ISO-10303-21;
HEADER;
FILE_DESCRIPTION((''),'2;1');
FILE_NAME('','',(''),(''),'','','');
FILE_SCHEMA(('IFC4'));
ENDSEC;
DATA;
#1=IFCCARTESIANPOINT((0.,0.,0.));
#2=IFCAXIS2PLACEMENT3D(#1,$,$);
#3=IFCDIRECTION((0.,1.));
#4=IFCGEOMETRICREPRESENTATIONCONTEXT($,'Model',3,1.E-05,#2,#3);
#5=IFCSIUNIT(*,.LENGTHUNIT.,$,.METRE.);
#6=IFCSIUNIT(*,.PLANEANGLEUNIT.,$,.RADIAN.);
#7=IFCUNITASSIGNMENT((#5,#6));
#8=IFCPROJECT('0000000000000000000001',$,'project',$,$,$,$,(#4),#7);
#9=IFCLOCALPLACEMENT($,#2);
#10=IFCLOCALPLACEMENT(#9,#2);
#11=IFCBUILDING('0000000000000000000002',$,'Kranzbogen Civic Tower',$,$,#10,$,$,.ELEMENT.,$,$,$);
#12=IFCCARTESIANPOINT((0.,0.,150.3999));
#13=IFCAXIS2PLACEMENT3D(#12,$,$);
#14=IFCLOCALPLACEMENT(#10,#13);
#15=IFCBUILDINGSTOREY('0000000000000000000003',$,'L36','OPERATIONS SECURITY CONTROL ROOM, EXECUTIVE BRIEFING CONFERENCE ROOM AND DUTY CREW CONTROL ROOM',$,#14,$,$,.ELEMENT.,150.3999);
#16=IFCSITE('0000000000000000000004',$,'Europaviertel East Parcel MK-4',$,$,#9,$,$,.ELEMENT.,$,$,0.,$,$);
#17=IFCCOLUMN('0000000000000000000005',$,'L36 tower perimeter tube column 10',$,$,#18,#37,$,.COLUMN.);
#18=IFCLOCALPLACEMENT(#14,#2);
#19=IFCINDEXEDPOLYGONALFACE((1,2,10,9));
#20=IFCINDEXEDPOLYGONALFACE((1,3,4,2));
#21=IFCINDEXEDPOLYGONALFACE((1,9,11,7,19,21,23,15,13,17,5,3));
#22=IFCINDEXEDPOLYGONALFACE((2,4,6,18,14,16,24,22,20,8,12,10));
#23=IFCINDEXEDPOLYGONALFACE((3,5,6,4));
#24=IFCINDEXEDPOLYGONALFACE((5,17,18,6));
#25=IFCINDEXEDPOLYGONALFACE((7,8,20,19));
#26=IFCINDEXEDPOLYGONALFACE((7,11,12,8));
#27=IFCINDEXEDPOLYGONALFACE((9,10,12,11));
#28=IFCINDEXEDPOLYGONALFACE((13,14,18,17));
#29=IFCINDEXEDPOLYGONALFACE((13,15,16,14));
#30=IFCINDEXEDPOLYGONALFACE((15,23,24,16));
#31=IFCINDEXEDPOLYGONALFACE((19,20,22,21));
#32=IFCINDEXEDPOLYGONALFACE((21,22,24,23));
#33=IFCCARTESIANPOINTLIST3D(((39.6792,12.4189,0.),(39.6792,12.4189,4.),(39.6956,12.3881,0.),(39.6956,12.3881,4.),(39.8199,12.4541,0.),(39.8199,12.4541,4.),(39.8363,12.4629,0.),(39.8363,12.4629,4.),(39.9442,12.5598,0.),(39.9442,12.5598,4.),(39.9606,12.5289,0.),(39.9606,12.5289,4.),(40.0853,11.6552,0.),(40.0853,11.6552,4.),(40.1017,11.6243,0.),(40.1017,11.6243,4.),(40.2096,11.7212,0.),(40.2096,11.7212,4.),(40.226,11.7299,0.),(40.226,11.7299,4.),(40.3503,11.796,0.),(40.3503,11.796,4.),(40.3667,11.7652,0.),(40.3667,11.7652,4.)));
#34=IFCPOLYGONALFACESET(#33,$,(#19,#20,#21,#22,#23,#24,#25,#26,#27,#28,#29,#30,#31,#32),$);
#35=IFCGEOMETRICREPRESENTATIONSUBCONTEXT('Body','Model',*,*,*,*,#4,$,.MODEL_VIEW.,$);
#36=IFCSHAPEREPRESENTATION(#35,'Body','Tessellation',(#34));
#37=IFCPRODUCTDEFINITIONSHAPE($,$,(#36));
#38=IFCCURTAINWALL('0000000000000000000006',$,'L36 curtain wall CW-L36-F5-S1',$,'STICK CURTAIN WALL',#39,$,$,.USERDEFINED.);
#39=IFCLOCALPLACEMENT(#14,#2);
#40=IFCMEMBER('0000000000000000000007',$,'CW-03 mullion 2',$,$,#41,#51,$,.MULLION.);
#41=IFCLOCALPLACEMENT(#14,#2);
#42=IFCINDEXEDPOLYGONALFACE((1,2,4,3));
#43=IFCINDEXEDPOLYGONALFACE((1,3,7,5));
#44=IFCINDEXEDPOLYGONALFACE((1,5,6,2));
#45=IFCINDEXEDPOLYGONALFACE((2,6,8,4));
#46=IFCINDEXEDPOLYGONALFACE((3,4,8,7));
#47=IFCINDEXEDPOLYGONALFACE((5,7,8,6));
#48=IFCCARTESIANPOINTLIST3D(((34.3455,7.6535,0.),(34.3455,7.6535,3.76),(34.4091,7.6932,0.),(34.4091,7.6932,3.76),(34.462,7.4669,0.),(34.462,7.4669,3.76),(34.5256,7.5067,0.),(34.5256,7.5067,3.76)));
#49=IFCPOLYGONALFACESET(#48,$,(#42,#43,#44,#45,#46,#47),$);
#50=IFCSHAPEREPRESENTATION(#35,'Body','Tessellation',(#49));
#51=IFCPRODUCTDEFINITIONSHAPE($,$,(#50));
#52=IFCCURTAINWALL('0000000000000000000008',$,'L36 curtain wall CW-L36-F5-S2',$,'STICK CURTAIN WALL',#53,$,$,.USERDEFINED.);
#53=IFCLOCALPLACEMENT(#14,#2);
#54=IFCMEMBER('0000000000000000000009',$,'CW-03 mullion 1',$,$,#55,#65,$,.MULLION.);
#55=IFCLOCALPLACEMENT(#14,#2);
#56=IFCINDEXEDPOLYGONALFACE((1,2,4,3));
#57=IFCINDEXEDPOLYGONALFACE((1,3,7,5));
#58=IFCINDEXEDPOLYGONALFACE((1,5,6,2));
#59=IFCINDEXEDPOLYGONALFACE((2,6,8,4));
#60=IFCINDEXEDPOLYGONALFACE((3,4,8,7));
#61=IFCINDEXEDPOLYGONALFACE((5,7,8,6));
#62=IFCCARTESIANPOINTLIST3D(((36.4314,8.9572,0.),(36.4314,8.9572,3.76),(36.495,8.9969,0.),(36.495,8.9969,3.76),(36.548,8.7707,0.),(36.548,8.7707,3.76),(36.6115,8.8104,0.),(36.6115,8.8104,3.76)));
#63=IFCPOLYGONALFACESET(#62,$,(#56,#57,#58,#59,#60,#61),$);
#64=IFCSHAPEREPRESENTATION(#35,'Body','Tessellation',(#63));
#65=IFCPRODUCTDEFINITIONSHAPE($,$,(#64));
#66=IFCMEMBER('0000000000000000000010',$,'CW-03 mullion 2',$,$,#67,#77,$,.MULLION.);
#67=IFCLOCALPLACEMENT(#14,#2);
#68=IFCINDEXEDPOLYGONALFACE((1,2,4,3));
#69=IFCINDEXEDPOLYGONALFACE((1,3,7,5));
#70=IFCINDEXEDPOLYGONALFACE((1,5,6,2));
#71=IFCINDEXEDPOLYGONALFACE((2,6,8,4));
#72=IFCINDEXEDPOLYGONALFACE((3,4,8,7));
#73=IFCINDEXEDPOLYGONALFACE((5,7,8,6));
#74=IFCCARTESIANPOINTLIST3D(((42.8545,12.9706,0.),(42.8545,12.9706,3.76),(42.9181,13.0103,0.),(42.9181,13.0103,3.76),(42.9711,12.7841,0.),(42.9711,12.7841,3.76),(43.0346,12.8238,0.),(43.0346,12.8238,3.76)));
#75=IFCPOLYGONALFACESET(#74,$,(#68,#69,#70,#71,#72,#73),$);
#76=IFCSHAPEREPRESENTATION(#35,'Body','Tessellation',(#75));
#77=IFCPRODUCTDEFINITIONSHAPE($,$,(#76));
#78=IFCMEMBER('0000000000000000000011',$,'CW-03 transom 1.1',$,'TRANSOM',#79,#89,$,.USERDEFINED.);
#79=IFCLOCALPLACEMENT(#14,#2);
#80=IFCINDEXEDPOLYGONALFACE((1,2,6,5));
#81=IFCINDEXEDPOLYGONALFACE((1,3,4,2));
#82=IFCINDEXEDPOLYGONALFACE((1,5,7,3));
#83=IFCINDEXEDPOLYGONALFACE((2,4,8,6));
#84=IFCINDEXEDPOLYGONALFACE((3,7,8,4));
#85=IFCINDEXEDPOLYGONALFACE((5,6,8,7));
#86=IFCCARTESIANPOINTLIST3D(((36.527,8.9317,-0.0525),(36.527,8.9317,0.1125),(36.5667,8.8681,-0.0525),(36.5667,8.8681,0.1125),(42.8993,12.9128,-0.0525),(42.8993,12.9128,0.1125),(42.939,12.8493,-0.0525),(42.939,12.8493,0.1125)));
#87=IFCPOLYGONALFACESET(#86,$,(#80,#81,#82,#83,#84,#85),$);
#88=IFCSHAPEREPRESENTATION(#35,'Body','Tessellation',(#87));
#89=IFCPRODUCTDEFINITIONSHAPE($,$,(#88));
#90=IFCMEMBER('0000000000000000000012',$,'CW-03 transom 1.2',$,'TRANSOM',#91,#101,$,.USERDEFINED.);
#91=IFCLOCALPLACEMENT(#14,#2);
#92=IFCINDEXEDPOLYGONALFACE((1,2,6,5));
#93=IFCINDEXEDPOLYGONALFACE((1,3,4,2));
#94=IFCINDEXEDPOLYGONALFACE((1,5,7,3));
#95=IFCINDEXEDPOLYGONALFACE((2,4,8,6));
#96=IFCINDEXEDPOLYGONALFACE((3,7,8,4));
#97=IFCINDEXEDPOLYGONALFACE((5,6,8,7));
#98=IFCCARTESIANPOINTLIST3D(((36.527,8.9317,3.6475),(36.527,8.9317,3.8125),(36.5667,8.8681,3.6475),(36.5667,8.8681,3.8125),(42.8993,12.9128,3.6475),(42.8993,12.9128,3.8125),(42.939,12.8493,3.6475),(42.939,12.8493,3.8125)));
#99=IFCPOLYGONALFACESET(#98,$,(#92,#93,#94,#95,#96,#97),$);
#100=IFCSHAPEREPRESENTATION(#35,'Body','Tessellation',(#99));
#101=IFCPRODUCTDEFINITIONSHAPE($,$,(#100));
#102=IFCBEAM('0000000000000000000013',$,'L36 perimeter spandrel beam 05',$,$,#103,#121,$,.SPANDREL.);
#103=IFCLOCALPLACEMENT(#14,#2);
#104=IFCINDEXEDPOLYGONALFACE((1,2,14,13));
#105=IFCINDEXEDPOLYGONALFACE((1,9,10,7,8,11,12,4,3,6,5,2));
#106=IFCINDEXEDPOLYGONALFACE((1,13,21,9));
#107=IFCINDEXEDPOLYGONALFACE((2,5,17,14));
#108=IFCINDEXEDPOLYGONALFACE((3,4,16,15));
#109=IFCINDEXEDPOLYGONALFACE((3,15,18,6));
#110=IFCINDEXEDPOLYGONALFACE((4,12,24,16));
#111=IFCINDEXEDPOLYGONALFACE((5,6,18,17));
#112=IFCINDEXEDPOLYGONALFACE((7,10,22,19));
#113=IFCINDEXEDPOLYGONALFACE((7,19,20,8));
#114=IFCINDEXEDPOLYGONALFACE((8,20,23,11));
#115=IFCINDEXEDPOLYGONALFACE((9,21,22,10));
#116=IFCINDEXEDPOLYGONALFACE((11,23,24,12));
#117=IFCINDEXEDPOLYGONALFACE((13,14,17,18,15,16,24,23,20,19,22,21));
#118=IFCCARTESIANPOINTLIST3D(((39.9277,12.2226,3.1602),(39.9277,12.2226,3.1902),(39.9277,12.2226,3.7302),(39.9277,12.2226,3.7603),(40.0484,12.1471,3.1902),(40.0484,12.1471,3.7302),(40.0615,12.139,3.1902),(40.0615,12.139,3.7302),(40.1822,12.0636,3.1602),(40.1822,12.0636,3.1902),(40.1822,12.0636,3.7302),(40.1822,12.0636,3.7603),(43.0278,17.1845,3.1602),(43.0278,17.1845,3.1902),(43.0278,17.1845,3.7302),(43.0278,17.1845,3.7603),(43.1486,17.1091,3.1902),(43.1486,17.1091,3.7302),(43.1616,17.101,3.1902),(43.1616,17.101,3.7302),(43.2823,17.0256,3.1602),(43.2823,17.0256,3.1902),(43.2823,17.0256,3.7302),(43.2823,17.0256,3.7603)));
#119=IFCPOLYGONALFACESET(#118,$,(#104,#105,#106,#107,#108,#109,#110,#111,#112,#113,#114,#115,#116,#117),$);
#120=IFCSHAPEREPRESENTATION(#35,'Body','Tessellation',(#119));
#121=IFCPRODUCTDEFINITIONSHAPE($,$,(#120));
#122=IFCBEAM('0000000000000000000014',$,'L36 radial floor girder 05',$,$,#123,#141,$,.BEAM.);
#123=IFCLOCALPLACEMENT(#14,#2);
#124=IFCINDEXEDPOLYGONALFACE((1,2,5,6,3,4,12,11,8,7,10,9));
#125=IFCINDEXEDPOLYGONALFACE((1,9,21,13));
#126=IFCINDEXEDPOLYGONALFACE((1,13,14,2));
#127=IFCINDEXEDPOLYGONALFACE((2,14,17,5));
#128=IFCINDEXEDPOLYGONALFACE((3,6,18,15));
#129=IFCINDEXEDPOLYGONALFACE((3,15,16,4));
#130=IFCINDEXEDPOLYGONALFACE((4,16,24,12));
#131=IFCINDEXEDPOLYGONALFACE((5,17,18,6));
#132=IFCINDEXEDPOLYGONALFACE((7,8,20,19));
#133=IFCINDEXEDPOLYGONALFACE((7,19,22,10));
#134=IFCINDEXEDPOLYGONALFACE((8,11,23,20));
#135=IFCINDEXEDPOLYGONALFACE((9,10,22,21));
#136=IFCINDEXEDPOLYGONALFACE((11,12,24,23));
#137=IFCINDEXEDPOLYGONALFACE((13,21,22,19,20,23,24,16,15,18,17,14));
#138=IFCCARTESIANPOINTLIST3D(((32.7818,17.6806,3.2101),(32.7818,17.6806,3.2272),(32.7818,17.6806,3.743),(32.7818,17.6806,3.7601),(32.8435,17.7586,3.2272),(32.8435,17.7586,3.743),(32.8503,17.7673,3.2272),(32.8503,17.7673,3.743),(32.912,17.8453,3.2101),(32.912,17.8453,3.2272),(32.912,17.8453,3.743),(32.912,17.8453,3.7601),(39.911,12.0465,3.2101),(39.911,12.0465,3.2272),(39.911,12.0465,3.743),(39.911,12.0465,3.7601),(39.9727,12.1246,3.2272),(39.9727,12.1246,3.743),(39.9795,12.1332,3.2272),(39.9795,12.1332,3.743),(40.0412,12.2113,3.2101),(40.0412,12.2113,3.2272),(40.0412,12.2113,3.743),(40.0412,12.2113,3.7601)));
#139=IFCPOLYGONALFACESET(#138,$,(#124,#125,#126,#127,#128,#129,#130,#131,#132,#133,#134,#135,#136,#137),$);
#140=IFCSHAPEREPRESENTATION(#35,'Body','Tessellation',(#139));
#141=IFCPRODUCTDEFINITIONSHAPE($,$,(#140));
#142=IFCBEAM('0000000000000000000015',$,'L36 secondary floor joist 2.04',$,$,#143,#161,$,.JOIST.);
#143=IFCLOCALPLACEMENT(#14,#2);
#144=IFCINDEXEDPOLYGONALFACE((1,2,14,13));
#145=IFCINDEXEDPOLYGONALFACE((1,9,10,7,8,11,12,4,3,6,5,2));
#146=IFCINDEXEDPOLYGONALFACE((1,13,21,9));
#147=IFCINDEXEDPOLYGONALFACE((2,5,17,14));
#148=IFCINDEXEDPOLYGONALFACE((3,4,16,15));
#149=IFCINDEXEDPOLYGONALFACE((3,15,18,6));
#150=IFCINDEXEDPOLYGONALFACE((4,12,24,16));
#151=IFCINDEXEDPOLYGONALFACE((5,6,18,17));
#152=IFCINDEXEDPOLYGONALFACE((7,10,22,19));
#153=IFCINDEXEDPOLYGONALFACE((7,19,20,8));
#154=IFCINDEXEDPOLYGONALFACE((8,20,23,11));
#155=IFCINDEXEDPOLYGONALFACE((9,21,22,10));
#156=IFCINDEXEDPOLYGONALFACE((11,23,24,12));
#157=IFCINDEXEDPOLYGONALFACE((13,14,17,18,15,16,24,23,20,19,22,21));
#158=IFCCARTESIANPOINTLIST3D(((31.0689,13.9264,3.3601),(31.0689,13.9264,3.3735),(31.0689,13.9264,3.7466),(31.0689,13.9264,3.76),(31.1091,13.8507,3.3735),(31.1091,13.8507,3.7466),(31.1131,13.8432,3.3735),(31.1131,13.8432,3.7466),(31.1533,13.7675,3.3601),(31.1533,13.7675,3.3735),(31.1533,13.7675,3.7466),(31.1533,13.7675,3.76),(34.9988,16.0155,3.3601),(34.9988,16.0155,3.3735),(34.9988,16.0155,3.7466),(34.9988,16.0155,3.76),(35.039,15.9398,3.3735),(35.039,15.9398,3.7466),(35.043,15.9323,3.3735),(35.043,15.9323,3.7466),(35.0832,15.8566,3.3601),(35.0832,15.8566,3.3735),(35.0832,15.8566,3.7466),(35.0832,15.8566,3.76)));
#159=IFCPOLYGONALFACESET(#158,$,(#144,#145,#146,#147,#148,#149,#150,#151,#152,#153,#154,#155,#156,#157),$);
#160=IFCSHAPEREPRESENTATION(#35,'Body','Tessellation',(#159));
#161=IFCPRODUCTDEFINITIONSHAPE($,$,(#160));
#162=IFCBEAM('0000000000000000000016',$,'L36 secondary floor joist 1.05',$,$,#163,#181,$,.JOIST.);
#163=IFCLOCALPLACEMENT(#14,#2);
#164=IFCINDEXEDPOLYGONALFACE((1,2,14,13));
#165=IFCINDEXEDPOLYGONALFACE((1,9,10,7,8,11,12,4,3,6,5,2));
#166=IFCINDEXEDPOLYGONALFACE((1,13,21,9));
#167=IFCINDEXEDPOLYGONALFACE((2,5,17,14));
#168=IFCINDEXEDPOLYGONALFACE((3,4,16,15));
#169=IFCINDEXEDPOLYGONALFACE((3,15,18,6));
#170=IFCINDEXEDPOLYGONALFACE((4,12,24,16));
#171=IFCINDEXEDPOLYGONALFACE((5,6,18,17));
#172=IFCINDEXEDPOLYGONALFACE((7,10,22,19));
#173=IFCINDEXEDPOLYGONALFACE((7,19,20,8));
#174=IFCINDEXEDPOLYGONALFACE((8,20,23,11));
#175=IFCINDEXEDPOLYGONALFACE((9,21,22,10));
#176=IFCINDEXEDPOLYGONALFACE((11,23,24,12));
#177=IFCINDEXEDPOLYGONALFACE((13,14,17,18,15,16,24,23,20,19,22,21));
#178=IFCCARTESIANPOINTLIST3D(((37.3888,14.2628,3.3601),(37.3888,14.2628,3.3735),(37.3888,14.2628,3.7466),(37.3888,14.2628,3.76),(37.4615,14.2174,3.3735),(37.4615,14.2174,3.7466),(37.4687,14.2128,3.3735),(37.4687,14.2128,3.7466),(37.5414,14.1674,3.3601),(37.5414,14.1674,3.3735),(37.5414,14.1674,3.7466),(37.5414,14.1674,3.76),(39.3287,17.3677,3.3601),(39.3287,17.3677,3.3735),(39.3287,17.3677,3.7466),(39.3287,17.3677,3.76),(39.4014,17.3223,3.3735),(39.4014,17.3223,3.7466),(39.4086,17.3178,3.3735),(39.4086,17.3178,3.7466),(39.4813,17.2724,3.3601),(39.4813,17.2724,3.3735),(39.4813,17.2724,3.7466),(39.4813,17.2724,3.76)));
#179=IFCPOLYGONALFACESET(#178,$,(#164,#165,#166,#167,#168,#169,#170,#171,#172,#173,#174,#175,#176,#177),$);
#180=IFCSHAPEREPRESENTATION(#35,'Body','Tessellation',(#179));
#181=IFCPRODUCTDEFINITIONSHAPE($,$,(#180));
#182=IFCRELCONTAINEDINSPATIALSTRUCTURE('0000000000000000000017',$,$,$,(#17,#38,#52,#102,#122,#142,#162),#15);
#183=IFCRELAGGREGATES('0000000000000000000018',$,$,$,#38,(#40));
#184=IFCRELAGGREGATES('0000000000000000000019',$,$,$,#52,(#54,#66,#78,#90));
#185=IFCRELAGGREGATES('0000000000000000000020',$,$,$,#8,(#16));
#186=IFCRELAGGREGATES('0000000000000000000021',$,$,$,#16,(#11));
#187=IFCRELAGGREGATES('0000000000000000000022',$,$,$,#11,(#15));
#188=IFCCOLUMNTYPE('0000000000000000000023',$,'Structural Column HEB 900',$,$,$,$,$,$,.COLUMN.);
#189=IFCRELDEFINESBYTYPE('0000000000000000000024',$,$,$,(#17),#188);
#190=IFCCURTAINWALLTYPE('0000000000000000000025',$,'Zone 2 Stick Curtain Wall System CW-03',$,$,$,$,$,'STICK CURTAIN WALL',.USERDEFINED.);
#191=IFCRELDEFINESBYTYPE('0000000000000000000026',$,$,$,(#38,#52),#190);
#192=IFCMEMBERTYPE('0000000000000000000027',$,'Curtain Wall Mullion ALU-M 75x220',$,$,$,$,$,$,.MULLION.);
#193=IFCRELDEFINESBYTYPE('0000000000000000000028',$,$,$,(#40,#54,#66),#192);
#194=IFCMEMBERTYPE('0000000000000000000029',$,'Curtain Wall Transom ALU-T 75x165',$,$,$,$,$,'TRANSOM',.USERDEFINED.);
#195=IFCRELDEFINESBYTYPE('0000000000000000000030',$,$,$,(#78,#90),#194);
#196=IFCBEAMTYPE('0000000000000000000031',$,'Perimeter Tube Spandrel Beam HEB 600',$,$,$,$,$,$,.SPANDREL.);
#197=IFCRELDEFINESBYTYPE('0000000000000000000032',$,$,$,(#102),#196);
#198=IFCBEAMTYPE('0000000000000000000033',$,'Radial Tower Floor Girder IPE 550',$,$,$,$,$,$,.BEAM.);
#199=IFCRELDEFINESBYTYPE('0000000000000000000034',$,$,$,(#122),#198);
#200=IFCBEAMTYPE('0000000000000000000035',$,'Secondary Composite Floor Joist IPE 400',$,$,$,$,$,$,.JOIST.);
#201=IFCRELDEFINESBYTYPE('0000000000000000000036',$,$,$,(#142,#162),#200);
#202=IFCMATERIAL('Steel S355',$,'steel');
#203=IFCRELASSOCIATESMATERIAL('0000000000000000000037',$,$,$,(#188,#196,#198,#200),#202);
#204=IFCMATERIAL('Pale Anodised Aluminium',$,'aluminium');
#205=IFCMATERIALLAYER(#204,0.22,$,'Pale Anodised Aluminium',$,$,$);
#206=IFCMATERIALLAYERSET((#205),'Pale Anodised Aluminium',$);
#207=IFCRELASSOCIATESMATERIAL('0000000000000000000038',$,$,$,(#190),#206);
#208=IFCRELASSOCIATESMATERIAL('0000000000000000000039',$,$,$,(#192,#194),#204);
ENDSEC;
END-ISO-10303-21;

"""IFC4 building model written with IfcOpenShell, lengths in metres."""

from ifc_helpers import new_model, si_unit, direction, frame, origin, origin_2d, place, context, subcontext, project, spatial, rectangle, i_section, extrude, material, layer, layer_set, material_profile, profile_set, type_object, element, aggregate, save


model = new_model("IFC4")

# Units and contexts
model_context = context("Model", 3, precision=1e-05, world=origin(), true_north=direction((0.0, 1.0)))
body_context = subcontext(model_context, "Body", "Model", "MODEL_VIEW")
ifc_project = project(units=[si_unit("LENGTHUNIT", "METRE"), si_unit("PLANEANGLEUNIT", "RADIAN")], contexts=[model_context])

# Site, building, storey
site_placement = place(None, origin())
site = spatial("IfcSite", under=ifc_project, at=site_placement, Name="Europaviertel East Parcel MK-4", CompositionType="ELEMENT", RefElevation=0.0)
building_placement = place(site_placement, origin())
building = spatial("IfcBuilding", under=site, at=building_placement, Name="Kranzbogen Civic Tower", CompositionType="ELEMENT")
storey_placement = place(building_placement, frame((0.0, 0.0, 150.3999)))
storey = spatial("IfcBuildingStorey", under=building, at=storey_placement, Name="L36", Description="OPERATIONS SECURITY CONTROL ROOM, EXECUTIVE BRIEFING CONFERENCE ROOM AND DUTY CREW CONTROL ROOM", CompositionType="ELEMENT", Elevation=150.3999)

# Column
ifc_material_1 = material(Name="Steel S355", Category="steel")
ifc_material_profile_1 = material_profile(ifc_material_1, i_section(OverallWidth=0.3, OverallDepth=0.8999, WebThickness=0.0186, FlangeThickness=0.0349, at=origin_2d()), Name="HEB 900")
ifc_profile_set_1 = profile_set([ifc_material_profile_1], Name="Steel S355")
column_type = type_object("IfcColumnType", Name="Structural Column HEB 900", PredefinedType="COLUMN", material=ifc_profile_set_1)
column_placement = place(storey_placement, frame((40.0229, 12.092, 0.0), z_axis=(0.0, 0.0, 1.0), x_axis=(0.882948, 0.469472, 0.0)))
element("IfcColumn", 1, at=column_placement, inside=storey, type_object=column_type, Name="L36 tower perimeter tube column 10", PredefinedType="COLUMN", context=body_context, shape_type="SweptSolid", body=[
    extrude(i_section(OverallWidth=0.3, OverallDepth=0.8999, WebThickness=0.0186, FlangeThickness=0.0349, at=origin_2d()), origin(), (0.0, 0.0, 1.0), 4.0),
])

# Curtain wall, member
ifc_material_2 = material(Name="Pale Anodised Aluminium", Category="aluminium")
ifc_layer_1 = layer(ifc_material_2, 0.22, Name="Pale Anodised Aluminium")
ifc_layer_set_1 = layer_set([ifc_layer_1], Name="Pale Anodised Aluminium")
curtain_wall_type = type_object("IfcCurtainWallType", Name="Zone 2 Stick Curtain Wall System CW-03", ElementType="STICK CURTAIN WALL", PredefinedType="USERDEFINED", material=ifc_layer_set_1)
curtain_wall_1_placement = place(storey_placement, origin())
curtain_wall_1 = element("IfcCurtainWall", 2, at=curtain_wall_1_placement, inside=storey, type_object=curtain_wall_type, Name="L36 curtain wall CW-L36-F5-S1", ObjectType="STICK CURTAIN WALL", PredefinedType="USERDEFINED")
ifc_material_profile_2 = material_profile(ifc_material_2, rectangle(XDim=0.075, YDim=0.22, at=origin_2d()), Name="ALU-M 75x220")
ifc_profile_set_2 = profile_set([ifc_material_profile_2], Name="Pale Anodised Aluminium")
member_type_1 = type_object("IfcMemberType", Name="Curtain Wall Mullion ALU-M 75x220", PredefinedType="MULLION", material=ifc_profile_set_2)
member_1_placement = place(storey_placement, frame((34.4355, 7.5801, 0.0), z_axis=(0.0, 0.0, 1.0), x_axis=(0.848109, 0.529822, 0.0)))
member_1 = element("IfcMember", 3, at=member_1_placement, type_object=member_type_1, Name="CW-03 mullion 2", PredefinedType="MULLION", context=body_context, shape_type="SweptSolid", body=[
    extrude(rectangle(XDim=0.075, YDim=0.22, at=origin_2d()), origin(), (0.0, 0.0, 1.0), 3.76),
])

# Curtain wall, members
curtain_wall_2_placement = place(storey_placement, origin())
curtain_wall_2 = element("IfcCurtainWall", 4, at=curtain_wall_2_placement, inside=storey, type_object=curtain_wall_type, Name="L36 curtain wall CW-L36-F5-S2", ObjectType="STICK CURTAIN WALL", PredefinedType="USERDEFINED")
member_2_placement = place(storey_placement, frame((36.5215, 8.8838, 0.0), z_axis=(0.0, 0.0, 1.0), x_axis=(0.848072, 0.529881, 0.0)))
member_2 = element("IfcMember", 5, at=member_2_placement, type_object=member_type_1, Name="CW-03 mullion 1", PredefinedType="MULLION", context=body_context, shape_type="SweptSolid", body=[
    extrude(rectangle(XDim=0.075, YDim=0.22, at=origin_2d()), origin(), (0.0, 0.0, 1.0), 3.76),
])
member_3_placement = place(storey_placement, frame((42.9446, 12.8972, 0.0), z_axis=(0.0, 0.0, 1.0), x_axis=(0.848072, 0.529881, 0.0)))
member_3 = element("IfcMember", 6, at=member_3_placement, type_object=member_type_1, Name="CW-03 mullion 2", PredefinedType="MULLION", context=body_context, shape_type="SweptSolid", body=[
    extrude(rectangle(XDim=0.075, YDim=0.22, at=origin_2d()), origin(), (0.0, 0.0, 1.0), 3.76),
])
ifc_material_profile_3 = material_profile(ifc_material_2, rectangle(XDim=0.075, YDim=0.165, at=origin_2d()), Name="ALU-T 75x165")
ifc_profile_set_3 = profile_set([ifc_material_profile_3], Name="Pale Anodised Aluminium")
member_type_2 = type_object("IfcMemberType", Name="Curtain Wall Transom ALU-T 75x165", ElementType="TRANSOM", PredefinedType="USERDEFINED", material=ifc_profile_set_3)
member_4_placement = place(storey_placement, frame((36.5469, 8.8999, 0.03), z_axis=(0.848088, 0.529856, 0.0), x_axis=(-0.529856, 0.848088, 0.0)))
member_4 = element("IfcMember", 7, at=member_4_placement, type_object=member_type_2, Name="CW-03 transom 1.1", ObjectType="TRANSOM", PredefinedType="USERDEFINED", context=body_context, shape_type="SweptSolid", body=[
    extrude(rectangle(XDim=0.075, YDim=0.165, at=origin_2d()), origin(), (0.0, 0.0, 1.0), 7.5137),
])
member_5_placement = place(storey_placement, frame((36.5469, 8.8999, 3.73), z_axis=(0.848088, 0.529856, 0.0), x_axis=(-0.529856, 0.848088, 0.0)))
member_5 = element("IfcMember", 8, at=member_5_placement, type_object=member_type_2, Name="CW-03 transom 1.2", ObjectType="TRANSOM", PredefinedType="USERDEFINED", context=body_context, shape_type="SweptSolid", body=[
    extrude(rectangle(XDim=0.075, YDim=0.165, at=origin_2d()), origin(), (0.0, 0.0, 1.0), 7.5137),
])

# Beams
ifc_material_profile_4 = material_profile(ifc_material_1, i_section(OverallWidth=0.3, OverallDepth=0.6001, WebThickness=0.0154, FlangeThickness=0.03, at=origin_2d()), Name="HEB 600")
ifc_profile_set_4 = profile_set([ifc_material_profile_4], Name="Steel S355")
beam_type_1 = type_object("IfcBeamType", Name="Perimeter Tube Spandrel Beam HEB 600", PredefinedType="SPANDREL", material=ifc_profile_set_4)
beam_1_placement = place(storey_placement, frame((40.0549, 12.1431, 3.4602), z_axis=(0.529864, 0.848083, 0.0), x_axis=(-0.848083, 0.529864, 0.0)))
element("IfcBeam", 9, at=beam_1_placement, inside=storey, type_object=beam_type_1, Name="L36 perimeter spandrel beam 05", PredefinedType="SPANDREL", context=body_context, shape_type="SweptSolid", body=[
    extrude(i_section(OverallWidth=0.3, OverallDepth=0.6001, WebThickness=0.0154, FlangeThickness=0.03, at=origin_2d()), origin(), (0.0, 0.0, 1.0), 5.8508),
])
ifc_material_profile_5 = material_profile(ifc_material_1, i_section(OverallWidth=0.21, OverallDepth=0.55, WebThickness=0.011, FlangeThickness=0.0171, at=origin_2d()), Name="IPE 550")
ifc_profile_set_5 = profile_set([ifc_material_profile_5], Name="Steel S355")
beam_type_2 = type_object("IfcBeamType", Name="Radial Tower Floor Girder IPE 550", PredefinedType="BEAM", material=ifc_profile_set_5)
beam_2_placement = place(storey_placement, frame((39.9761, 12.1289, 3.4851), z_axis=(-0.784575, 0.620034, 0.0), x_axis=(-0.620034, -0.784575, 0.0)))
element("IfcBeam", 10, at=beam_2_placement, inside=storey, type_object=beam_type_2, Name="L36 radial floor girder 05", PredefinedType="BEAM", context=body_context, shape_type="SweptSolid", body=[
    extrude(i_section(OverallWidth=0.21, OverallDepth=0.55, WebThickness=0.011, FlangeThickness=0.0171, at=origin_2d()), origin(), (0.0, 0.0, 1.0), 9.0867),
])
ifc_material_profile_6 = material_profile(ifc_material_1, i_section(OverallWidth=0.1799, OverallDepth=0.3999, WebThickness=0.0085, FlangeThickness=0.0134, at=origin_2d()), Name="IPE 400")
ifc_profile_set_6 = profile_set([ifc_material_profile_6], Name="Steel S355")
beam_type_3 = type_object("IfcBeamType", Name="Secondary Composite Floor Joist IPE 400", PredefinedType="JOIST", material=ifc_profile_set_6)
beam_3_placement = place(storey_placement, frame((31.1111, 13.8469, 3.5601), z_axis=(0.882991, 0.469389, 0.0), x_axis=(-0.469389, 0.882991, 0.0)))
element("IfcBeam", 11, at=beam_3_placement, inside=storey, type_object=beam_type_3, Name="L36 secondary floor joist 2.04", PredefinedType="JOIST", context=body_context, shape_type="SweptSolid", body=[
    extrude(i_section(OverallWidth=0.1799, OverallDepth=0.3999, WebThickness=0.0085, FlangeThickness=0.0134, at=origin_2d()), origin(), (0.0, 0.0, 1.0), 4.4507),
])
beam_4_placement = place(storey_placement, frame((37.4651, 14.2151, 3.5601), z_axis=(0.529867, 0.848081, 0.0), x_axis=(-0.848081, 0.529867, 0.0)))
element("IfcBeam", 12, at=beam_4_placement, inside=storey, type_object=beam_type_3, Name="L36 secondary floor joist 1.05", PredefinedType="JOIST", context=body_context, shape_type="SweptSolid", body=[
    extrude(i_section(OverallWidth=0.1799, OverallDepth=0.3999, WebThickness=0.0085, FlangeThickness=0.0134, at=origin_2d()), origin(), (0.0, 0.0, 1.0), 3.6611),
])

aggregate(curtain_wall_1, [member_1])
aggregate(curtain_wall_2, [member_2, member_3, member_4, member_5])

save(model, "model.ifc")
